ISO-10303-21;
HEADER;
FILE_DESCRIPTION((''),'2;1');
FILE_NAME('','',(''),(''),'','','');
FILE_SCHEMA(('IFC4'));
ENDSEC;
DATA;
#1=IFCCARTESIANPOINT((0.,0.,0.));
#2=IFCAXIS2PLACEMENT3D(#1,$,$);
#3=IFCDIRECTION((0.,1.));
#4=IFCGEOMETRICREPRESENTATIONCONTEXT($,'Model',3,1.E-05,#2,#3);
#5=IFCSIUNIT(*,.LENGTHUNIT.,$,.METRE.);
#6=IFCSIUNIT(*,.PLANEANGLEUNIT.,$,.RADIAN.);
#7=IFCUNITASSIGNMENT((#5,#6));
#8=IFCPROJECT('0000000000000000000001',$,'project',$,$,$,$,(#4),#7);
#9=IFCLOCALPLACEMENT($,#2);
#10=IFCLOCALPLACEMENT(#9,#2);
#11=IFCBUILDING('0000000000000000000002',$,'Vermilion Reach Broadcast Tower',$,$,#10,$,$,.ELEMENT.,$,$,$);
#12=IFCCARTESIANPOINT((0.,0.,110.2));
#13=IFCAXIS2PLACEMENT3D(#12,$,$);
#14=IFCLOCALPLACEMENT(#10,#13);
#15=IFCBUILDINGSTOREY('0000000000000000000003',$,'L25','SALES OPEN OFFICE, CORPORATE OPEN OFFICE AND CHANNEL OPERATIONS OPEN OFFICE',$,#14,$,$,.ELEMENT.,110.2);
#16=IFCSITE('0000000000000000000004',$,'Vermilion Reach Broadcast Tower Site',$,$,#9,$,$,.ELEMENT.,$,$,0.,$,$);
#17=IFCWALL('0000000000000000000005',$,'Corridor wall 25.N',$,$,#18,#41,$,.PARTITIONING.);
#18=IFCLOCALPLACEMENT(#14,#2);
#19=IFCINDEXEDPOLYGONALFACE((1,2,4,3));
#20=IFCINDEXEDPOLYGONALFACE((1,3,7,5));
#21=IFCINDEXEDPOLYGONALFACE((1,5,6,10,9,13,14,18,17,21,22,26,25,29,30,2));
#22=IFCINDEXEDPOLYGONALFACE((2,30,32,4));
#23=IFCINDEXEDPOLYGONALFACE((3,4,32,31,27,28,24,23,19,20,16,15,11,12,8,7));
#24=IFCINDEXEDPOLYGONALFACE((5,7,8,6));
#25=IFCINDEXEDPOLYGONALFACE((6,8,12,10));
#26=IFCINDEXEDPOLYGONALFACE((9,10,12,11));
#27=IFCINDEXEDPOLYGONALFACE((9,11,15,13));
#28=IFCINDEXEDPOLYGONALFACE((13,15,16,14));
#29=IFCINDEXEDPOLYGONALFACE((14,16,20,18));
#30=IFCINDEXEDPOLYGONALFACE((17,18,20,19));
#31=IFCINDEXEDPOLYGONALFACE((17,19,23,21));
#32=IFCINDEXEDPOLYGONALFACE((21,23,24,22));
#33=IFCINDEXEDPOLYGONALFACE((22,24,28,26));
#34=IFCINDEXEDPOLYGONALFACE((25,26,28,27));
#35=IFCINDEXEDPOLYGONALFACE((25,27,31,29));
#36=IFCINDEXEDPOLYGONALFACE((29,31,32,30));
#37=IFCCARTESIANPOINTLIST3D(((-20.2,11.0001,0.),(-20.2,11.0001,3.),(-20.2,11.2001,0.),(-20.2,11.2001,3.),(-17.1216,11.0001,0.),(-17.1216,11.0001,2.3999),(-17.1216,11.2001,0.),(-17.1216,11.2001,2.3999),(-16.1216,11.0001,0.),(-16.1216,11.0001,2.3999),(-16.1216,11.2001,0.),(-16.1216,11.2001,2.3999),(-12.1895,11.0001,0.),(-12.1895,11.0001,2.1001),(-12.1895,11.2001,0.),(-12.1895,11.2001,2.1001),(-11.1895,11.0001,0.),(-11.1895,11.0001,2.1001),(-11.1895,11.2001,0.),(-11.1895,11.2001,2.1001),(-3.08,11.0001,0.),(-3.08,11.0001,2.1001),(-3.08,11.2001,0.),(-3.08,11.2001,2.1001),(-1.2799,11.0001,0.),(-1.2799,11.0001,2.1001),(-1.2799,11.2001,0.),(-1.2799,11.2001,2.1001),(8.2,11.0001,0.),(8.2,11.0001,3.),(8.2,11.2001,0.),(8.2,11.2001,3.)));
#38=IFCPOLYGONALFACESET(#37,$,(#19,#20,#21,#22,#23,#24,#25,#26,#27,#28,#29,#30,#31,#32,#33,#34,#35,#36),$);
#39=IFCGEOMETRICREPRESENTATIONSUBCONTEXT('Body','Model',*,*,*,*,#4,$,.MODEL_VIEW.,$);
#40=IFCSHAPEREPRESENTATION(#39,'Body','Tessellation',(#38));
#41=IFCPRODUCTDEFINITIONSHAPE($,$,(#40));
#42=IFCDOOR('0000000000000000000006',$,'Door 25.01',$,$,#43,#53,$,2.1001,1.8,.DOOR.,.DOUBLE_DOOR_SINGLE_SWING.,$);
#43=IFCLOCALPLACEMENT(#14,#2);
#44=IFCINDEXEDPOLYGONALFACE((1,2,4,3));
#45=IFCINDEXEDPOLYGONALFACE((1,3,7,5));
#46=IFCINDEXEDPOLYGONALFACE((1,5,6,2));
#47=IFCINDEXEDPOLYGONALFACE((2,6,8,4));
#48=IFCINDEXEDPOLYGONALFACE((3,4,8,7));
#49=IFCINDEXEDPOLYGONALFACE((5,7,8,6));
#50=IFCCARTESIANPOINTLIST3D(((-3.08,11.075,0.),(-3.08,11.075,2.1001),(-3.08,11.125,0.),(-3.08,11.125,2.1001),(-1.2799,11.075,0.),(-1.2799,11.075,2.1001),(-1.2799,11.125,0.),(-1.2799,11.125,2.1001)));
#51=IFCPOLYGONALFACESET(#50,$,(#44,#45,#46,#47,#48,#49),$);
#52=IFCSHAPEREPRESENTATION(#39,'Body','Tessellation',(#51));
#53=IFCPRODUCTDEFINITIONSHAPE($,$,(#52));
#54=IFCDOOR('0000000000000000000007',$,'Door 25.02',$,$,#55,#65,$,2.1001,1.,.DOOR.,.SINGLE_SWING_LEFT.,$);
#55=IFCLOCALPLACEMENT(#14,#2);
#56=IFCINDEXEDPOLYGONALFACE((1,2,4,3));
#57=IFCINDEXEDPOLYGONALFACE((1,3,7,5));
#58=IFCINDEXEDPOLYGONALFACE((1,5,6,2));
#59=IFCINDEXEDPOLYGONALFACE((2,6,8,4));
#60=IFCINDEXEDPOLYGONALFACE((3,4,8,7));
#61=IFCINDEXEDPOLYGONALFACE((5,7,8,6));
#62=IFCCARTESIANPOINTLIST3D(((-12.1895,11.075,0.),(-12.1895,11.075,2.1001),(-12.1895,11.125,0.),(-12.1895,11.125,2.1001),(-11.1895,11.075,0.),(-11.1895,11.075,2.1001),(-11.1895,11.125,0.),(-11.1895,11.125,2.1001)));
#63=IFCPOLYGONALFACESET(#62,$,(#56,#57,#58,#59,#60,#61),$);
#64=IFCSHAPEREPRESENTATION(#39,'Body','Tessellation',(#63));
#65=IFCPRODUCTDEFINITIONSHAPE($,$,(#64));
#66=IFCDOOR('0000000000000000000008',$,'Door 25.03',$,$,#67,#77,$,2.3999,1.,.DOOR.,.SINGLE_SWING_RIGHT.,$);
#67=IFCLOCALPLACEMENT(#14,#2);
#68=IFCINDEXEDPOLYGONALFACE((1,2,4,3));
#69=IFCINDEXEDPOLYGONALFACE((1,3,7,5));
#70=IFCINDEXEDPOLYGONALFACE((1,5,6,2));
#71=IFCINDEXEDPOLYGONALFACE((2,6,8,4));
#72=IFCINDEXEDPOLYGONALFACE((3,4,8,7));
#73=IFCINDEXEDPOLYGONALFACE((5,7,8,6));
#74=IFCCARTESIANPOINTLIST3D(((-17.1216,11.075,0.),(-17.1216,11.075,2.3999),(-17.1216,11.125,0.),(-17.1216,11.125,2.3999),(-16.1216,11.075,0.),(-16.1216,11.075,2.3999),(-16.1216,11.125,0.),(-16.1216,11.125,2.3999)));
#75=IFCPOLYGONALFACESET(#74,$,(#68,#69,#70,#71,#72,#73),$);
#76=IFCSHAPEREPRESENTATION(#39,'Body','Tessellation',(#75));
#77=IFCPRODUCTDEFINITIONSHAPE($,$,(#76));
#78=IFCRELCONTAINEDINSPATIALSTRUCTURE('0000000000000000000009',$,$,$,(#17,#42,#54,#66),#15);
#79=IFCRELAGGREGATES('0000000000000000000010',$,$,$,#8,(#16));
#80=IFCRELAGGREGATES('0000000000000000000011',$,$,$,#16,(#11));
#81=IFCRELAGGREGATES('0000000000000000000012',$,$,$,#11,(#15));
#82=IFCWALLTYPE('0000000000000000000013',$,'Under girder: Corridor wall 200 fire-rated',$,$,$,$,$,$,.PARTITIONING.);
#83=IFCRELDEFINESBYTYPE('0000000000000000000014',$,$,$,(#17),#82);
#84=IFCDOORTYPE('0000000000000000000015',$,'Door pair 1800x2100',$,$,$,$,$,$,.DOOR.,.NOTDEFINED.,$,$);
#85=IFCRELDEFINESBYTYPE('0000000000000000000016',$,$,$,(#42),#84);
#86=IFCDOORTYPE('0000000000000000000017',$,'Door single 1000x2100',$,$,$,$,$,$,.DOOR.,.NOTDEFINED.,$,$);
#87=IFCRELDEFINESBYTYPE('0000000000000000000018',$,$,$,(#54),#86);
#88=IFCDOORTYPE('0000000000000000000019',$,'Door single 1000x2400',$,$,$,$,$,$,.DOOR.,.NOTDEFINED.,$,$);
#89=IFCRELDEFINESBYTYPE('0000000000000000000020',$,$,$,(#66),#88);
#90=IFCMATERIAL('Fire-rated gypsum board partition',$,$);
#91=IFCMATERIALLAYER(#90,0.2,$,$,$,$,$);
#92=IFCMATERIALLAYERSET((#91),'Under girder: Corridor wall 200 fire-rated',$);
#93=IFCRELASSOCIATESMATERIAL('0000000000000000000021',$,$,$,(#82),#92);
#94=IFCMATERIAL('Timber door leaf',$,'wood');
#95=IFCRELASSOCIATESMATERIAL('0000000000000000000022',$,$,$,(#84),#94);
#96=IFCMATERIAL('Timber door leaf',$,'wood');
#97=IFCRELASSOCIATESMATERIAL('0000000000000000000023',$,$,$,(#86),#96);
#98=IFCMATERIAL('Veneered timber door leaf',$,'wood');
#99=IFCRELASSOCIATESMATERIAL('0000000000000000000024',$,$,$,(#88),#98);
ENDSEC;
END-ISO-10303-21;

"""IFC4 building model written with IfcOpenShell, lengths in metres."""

from ifc_helpers import new_model, si_unit, direction, frame, frame_2d, origin, place, context, subcontext, project, spatial, rectangle, extrude, material, layer, layer_set, type_object, element, fill, save


model = new_model("IFC4")

# Units and contexts
model_context = context("Model", 3, precision=1e-05, world=origin(), true_north=direction((0.0, 1.0)))
body_context = subcontext(model_context, "Body", "Model", "MODEL_VIEW")
ifc_project = project(units=[si_unit("LENGTHUNIT", "METRE"), si_unit("PLANEANGLEUNIT", "RADIAN")], contexts=[model_context])

# Site, building, storey
site_placement = place(None, origin())
site = spatial("IfcSite", under=ifc_project, at=site_placement, Name="Vermilion Reach Broadcast Tower Site", CompositionType="ELEMENT", RefElevation=0.0)
building_placement = place(site_placement, origin())
building = spatial("IfcBuilding", under=site, at=building_placement, Name="Vermilion Reach Broadcast Tower", CompositionType="ELEMENT")
storey_placement = place(building_placement, frame((0.0, 0.0, 110.2)))
storey = spatial("IfcBuildingStorey", under=building, at=storey_placement, Name="L25", Description="SALES OPEN OFFICE, CORPORATE OPEN OFFICE AND CHANNEL OPERATIONS OPEN OFFICE", CompositionType="ELEMENT", Elevation=110.2)

# Wall, openings, doors
ifc_material_1 = material(Name="Fire-rated gypsum board partition")
ifc_layer_1 = layer(ifc_material_1, 0.2)
ifc_layer_set_1 = layer_set([ifc_layer_1], Name="Under girder: Corridor wall 200 fire-rated")
wall_type_1 = type_object("IfcWallType", Name="Under girder: Corridor wall 200 fire-rated", PredefinedType="PARTITIONING", material=ifc_layer_set_1)
wall_1_placement = place(storey_placement, frame((-20.2, 11.1001, 0.0), z_axis=(0.0, 0.0, 1.0), x_axis=(1.0, 0.0, 0.0)))
wall_1 = element("IfcWall", 1, at=wall_1_placement, inside=storey, type_object=wall_type_1, Name="Corridor wall 25.N", PredefinedType="PARTITIONING", context=body_context, shape_type="SweptSolid", body=[
    extrude(rectangle(XDim=28.3999, YDim=0.2, at=frame_2d((14.2, 0.0))), origin(), (0.0, 0.0, 1.0), 3.0),
])
opening_1_placement = place(wall_1_placement, frame((17.1201, 0.0, 0.0)))
opening_1 = element("IfcOpeningElement", 2, at=opening_1_placement, cuts=wall_1, PredefinedType="OPENING", context=body_context, shape_type="SweptSolid", body=[
    extrude(rectangle(XDim=1.8, YDim=2.1001, at=frame_2d((0.8999, 1.05))), frame((0.0, 0.1099, 0.0), z_axis=(0.0, -1.0, 0.0), x_axis=(1.0, 0.0, 0.0)), (0.0, 0.0, 1.0), 0.22),
])
opening_2_placement = place(wall_1_placement, frame((8.0105, 0.0, 0.0)))
opening_2 = element("IfcOpeningElement", 3, at=opening_2_placement, cuts=wall_1, PredefinedType="OPENING", context=body_context, shape_type="SweptSolid", body=[
    extrude(rectangle(XDim=1.0, YDim=2.1001, at=frame_2d((0.5, 1.05))), frame((0.0, 0.1099, 0.0), z_axis=(0.0, -1.0, 0.0), x_axis=(1.0, 0.0, 0.0)), (0.0, 0.0, 1.0), 0.22),
])
opening_3_placement = place(wall_1_placement, frame((3.0784, 0.0, 0.0)))
opening_3 = element("IfcOpeningElement", 4, at=opening_3_placement, cuts=wall_1, PredefinedType="OPENING", context=body_context, shape_type="SweptSolid", body=[
    extrude(rectangle(XDim=1.0, YDim=2.3999, at=frame_2d((0.5, 1.2))), frame((0.0, 0.1099, 0.0), z_axis=(0.0, -1.0, 0.0), x_axis=(1.0, 0.0, 0.0)), (0.0, 0.0, 1.0), 0.22),
])
ifc_material_2 = material(Name="Timber door leaf", Category="wood")
door_type_1 = type_object("IfcDoorType", Name="Door pair 1800x2100", OperationType="NOTDEFINED", PredefinedType="DOOR", material=ifc_material_2)
door_1_placement = place(opening_1_placement, origin())
door_1 = element("IfcDoor", 5, at=door_1_placement, inside=storey, type_object=door_type_1, Name="Door 25.01", OperationType="DOUBLE_DOOR_SINGLE_SWING", OverallHeight=2.1001, OverallWidth=1.8, PredefinedType="DOOR", context=body_context, shape_type="SweptSolid", body=[
    extrude(rectangle(XDim=1.8, YDim=2.1001, at=frame_2d((0.8999, 1.05))), frame((0.0, 0.0249, 0.0), z_axis=(0.0, -1.0, 0.0), x_axis=(1.0, 0.0, 0.0)), (0.0, 0.0, 1.0), 0.05),
])
fill(opening_1, door_1)
ifc_material_3 = material(Name="Timber door leaf", Category="wood")
door_type_2 = type_object("IfcDoorType", Name="Door single 1000x2100", OperationType="NOTDEFINED", PredefinedType="DOOR", material=ifc_material_3)
door_2_placement = place(opening_2_placement, origin())
door_2 = element("IfcDoor", 6, at=door_2_placement, inside=storey, type_object=door_type_2, Name="Door 25.02", OperationType="SINGLE_SWING_LEFT", OverallHeight=2.1001, OverallWidth=1.0, PredefinedType="DOOR", context=body_context, shape_type="SweptSolid", body=[
    extrude(rectangle(XDim=1.0, YDim=2.1001, at=frame_2d((0.5, 1.05))), frame((0.0, 0.0249, 0.0), z_axis=(0.0, -1.0, 0.0), x_axis=(1.0, 0.0, 0.0)), (0.0, 0.0, 1.0), 0.05),
])
fill(opening_2, door_2)
ifc_material_4 = material(Name="Veneered timber door leaf", Category="wood")
door_type_3 = type_object("IfcDoorType", Name="Door single 1000x2400", OperationType="NOTDEFINED", PredefinedType="DOOR", material=ifc_material_4)
door_3_placement = place(opening_3_placement, origin())
door_3 = element("IfcDoor", 7, at=door_3_placement, inside=storey, type_object=door_type_3, Name="Door 25.03", OperationType="SINGLE_SWING_RIGHT", OverallHeight=2.3999, OverallWidth=1.0, PredefinedType="DOOR", context=body_context, shape_type="SweptSolid", body=[
    extrude(rectangle(XDim=1.0, YDim=2.3999, at=frame_2d((0.5, 1.2))), frame((0.0, 0.0249, 0.0), z_axis=(0.0, -1.0, 0.0), x_axis=(1.0, 0.0, 0.0)), (0.0, 0.0, 1.0), 0.05),
])
fill(opening_3, door_3)

save(model, "model.ifc")
